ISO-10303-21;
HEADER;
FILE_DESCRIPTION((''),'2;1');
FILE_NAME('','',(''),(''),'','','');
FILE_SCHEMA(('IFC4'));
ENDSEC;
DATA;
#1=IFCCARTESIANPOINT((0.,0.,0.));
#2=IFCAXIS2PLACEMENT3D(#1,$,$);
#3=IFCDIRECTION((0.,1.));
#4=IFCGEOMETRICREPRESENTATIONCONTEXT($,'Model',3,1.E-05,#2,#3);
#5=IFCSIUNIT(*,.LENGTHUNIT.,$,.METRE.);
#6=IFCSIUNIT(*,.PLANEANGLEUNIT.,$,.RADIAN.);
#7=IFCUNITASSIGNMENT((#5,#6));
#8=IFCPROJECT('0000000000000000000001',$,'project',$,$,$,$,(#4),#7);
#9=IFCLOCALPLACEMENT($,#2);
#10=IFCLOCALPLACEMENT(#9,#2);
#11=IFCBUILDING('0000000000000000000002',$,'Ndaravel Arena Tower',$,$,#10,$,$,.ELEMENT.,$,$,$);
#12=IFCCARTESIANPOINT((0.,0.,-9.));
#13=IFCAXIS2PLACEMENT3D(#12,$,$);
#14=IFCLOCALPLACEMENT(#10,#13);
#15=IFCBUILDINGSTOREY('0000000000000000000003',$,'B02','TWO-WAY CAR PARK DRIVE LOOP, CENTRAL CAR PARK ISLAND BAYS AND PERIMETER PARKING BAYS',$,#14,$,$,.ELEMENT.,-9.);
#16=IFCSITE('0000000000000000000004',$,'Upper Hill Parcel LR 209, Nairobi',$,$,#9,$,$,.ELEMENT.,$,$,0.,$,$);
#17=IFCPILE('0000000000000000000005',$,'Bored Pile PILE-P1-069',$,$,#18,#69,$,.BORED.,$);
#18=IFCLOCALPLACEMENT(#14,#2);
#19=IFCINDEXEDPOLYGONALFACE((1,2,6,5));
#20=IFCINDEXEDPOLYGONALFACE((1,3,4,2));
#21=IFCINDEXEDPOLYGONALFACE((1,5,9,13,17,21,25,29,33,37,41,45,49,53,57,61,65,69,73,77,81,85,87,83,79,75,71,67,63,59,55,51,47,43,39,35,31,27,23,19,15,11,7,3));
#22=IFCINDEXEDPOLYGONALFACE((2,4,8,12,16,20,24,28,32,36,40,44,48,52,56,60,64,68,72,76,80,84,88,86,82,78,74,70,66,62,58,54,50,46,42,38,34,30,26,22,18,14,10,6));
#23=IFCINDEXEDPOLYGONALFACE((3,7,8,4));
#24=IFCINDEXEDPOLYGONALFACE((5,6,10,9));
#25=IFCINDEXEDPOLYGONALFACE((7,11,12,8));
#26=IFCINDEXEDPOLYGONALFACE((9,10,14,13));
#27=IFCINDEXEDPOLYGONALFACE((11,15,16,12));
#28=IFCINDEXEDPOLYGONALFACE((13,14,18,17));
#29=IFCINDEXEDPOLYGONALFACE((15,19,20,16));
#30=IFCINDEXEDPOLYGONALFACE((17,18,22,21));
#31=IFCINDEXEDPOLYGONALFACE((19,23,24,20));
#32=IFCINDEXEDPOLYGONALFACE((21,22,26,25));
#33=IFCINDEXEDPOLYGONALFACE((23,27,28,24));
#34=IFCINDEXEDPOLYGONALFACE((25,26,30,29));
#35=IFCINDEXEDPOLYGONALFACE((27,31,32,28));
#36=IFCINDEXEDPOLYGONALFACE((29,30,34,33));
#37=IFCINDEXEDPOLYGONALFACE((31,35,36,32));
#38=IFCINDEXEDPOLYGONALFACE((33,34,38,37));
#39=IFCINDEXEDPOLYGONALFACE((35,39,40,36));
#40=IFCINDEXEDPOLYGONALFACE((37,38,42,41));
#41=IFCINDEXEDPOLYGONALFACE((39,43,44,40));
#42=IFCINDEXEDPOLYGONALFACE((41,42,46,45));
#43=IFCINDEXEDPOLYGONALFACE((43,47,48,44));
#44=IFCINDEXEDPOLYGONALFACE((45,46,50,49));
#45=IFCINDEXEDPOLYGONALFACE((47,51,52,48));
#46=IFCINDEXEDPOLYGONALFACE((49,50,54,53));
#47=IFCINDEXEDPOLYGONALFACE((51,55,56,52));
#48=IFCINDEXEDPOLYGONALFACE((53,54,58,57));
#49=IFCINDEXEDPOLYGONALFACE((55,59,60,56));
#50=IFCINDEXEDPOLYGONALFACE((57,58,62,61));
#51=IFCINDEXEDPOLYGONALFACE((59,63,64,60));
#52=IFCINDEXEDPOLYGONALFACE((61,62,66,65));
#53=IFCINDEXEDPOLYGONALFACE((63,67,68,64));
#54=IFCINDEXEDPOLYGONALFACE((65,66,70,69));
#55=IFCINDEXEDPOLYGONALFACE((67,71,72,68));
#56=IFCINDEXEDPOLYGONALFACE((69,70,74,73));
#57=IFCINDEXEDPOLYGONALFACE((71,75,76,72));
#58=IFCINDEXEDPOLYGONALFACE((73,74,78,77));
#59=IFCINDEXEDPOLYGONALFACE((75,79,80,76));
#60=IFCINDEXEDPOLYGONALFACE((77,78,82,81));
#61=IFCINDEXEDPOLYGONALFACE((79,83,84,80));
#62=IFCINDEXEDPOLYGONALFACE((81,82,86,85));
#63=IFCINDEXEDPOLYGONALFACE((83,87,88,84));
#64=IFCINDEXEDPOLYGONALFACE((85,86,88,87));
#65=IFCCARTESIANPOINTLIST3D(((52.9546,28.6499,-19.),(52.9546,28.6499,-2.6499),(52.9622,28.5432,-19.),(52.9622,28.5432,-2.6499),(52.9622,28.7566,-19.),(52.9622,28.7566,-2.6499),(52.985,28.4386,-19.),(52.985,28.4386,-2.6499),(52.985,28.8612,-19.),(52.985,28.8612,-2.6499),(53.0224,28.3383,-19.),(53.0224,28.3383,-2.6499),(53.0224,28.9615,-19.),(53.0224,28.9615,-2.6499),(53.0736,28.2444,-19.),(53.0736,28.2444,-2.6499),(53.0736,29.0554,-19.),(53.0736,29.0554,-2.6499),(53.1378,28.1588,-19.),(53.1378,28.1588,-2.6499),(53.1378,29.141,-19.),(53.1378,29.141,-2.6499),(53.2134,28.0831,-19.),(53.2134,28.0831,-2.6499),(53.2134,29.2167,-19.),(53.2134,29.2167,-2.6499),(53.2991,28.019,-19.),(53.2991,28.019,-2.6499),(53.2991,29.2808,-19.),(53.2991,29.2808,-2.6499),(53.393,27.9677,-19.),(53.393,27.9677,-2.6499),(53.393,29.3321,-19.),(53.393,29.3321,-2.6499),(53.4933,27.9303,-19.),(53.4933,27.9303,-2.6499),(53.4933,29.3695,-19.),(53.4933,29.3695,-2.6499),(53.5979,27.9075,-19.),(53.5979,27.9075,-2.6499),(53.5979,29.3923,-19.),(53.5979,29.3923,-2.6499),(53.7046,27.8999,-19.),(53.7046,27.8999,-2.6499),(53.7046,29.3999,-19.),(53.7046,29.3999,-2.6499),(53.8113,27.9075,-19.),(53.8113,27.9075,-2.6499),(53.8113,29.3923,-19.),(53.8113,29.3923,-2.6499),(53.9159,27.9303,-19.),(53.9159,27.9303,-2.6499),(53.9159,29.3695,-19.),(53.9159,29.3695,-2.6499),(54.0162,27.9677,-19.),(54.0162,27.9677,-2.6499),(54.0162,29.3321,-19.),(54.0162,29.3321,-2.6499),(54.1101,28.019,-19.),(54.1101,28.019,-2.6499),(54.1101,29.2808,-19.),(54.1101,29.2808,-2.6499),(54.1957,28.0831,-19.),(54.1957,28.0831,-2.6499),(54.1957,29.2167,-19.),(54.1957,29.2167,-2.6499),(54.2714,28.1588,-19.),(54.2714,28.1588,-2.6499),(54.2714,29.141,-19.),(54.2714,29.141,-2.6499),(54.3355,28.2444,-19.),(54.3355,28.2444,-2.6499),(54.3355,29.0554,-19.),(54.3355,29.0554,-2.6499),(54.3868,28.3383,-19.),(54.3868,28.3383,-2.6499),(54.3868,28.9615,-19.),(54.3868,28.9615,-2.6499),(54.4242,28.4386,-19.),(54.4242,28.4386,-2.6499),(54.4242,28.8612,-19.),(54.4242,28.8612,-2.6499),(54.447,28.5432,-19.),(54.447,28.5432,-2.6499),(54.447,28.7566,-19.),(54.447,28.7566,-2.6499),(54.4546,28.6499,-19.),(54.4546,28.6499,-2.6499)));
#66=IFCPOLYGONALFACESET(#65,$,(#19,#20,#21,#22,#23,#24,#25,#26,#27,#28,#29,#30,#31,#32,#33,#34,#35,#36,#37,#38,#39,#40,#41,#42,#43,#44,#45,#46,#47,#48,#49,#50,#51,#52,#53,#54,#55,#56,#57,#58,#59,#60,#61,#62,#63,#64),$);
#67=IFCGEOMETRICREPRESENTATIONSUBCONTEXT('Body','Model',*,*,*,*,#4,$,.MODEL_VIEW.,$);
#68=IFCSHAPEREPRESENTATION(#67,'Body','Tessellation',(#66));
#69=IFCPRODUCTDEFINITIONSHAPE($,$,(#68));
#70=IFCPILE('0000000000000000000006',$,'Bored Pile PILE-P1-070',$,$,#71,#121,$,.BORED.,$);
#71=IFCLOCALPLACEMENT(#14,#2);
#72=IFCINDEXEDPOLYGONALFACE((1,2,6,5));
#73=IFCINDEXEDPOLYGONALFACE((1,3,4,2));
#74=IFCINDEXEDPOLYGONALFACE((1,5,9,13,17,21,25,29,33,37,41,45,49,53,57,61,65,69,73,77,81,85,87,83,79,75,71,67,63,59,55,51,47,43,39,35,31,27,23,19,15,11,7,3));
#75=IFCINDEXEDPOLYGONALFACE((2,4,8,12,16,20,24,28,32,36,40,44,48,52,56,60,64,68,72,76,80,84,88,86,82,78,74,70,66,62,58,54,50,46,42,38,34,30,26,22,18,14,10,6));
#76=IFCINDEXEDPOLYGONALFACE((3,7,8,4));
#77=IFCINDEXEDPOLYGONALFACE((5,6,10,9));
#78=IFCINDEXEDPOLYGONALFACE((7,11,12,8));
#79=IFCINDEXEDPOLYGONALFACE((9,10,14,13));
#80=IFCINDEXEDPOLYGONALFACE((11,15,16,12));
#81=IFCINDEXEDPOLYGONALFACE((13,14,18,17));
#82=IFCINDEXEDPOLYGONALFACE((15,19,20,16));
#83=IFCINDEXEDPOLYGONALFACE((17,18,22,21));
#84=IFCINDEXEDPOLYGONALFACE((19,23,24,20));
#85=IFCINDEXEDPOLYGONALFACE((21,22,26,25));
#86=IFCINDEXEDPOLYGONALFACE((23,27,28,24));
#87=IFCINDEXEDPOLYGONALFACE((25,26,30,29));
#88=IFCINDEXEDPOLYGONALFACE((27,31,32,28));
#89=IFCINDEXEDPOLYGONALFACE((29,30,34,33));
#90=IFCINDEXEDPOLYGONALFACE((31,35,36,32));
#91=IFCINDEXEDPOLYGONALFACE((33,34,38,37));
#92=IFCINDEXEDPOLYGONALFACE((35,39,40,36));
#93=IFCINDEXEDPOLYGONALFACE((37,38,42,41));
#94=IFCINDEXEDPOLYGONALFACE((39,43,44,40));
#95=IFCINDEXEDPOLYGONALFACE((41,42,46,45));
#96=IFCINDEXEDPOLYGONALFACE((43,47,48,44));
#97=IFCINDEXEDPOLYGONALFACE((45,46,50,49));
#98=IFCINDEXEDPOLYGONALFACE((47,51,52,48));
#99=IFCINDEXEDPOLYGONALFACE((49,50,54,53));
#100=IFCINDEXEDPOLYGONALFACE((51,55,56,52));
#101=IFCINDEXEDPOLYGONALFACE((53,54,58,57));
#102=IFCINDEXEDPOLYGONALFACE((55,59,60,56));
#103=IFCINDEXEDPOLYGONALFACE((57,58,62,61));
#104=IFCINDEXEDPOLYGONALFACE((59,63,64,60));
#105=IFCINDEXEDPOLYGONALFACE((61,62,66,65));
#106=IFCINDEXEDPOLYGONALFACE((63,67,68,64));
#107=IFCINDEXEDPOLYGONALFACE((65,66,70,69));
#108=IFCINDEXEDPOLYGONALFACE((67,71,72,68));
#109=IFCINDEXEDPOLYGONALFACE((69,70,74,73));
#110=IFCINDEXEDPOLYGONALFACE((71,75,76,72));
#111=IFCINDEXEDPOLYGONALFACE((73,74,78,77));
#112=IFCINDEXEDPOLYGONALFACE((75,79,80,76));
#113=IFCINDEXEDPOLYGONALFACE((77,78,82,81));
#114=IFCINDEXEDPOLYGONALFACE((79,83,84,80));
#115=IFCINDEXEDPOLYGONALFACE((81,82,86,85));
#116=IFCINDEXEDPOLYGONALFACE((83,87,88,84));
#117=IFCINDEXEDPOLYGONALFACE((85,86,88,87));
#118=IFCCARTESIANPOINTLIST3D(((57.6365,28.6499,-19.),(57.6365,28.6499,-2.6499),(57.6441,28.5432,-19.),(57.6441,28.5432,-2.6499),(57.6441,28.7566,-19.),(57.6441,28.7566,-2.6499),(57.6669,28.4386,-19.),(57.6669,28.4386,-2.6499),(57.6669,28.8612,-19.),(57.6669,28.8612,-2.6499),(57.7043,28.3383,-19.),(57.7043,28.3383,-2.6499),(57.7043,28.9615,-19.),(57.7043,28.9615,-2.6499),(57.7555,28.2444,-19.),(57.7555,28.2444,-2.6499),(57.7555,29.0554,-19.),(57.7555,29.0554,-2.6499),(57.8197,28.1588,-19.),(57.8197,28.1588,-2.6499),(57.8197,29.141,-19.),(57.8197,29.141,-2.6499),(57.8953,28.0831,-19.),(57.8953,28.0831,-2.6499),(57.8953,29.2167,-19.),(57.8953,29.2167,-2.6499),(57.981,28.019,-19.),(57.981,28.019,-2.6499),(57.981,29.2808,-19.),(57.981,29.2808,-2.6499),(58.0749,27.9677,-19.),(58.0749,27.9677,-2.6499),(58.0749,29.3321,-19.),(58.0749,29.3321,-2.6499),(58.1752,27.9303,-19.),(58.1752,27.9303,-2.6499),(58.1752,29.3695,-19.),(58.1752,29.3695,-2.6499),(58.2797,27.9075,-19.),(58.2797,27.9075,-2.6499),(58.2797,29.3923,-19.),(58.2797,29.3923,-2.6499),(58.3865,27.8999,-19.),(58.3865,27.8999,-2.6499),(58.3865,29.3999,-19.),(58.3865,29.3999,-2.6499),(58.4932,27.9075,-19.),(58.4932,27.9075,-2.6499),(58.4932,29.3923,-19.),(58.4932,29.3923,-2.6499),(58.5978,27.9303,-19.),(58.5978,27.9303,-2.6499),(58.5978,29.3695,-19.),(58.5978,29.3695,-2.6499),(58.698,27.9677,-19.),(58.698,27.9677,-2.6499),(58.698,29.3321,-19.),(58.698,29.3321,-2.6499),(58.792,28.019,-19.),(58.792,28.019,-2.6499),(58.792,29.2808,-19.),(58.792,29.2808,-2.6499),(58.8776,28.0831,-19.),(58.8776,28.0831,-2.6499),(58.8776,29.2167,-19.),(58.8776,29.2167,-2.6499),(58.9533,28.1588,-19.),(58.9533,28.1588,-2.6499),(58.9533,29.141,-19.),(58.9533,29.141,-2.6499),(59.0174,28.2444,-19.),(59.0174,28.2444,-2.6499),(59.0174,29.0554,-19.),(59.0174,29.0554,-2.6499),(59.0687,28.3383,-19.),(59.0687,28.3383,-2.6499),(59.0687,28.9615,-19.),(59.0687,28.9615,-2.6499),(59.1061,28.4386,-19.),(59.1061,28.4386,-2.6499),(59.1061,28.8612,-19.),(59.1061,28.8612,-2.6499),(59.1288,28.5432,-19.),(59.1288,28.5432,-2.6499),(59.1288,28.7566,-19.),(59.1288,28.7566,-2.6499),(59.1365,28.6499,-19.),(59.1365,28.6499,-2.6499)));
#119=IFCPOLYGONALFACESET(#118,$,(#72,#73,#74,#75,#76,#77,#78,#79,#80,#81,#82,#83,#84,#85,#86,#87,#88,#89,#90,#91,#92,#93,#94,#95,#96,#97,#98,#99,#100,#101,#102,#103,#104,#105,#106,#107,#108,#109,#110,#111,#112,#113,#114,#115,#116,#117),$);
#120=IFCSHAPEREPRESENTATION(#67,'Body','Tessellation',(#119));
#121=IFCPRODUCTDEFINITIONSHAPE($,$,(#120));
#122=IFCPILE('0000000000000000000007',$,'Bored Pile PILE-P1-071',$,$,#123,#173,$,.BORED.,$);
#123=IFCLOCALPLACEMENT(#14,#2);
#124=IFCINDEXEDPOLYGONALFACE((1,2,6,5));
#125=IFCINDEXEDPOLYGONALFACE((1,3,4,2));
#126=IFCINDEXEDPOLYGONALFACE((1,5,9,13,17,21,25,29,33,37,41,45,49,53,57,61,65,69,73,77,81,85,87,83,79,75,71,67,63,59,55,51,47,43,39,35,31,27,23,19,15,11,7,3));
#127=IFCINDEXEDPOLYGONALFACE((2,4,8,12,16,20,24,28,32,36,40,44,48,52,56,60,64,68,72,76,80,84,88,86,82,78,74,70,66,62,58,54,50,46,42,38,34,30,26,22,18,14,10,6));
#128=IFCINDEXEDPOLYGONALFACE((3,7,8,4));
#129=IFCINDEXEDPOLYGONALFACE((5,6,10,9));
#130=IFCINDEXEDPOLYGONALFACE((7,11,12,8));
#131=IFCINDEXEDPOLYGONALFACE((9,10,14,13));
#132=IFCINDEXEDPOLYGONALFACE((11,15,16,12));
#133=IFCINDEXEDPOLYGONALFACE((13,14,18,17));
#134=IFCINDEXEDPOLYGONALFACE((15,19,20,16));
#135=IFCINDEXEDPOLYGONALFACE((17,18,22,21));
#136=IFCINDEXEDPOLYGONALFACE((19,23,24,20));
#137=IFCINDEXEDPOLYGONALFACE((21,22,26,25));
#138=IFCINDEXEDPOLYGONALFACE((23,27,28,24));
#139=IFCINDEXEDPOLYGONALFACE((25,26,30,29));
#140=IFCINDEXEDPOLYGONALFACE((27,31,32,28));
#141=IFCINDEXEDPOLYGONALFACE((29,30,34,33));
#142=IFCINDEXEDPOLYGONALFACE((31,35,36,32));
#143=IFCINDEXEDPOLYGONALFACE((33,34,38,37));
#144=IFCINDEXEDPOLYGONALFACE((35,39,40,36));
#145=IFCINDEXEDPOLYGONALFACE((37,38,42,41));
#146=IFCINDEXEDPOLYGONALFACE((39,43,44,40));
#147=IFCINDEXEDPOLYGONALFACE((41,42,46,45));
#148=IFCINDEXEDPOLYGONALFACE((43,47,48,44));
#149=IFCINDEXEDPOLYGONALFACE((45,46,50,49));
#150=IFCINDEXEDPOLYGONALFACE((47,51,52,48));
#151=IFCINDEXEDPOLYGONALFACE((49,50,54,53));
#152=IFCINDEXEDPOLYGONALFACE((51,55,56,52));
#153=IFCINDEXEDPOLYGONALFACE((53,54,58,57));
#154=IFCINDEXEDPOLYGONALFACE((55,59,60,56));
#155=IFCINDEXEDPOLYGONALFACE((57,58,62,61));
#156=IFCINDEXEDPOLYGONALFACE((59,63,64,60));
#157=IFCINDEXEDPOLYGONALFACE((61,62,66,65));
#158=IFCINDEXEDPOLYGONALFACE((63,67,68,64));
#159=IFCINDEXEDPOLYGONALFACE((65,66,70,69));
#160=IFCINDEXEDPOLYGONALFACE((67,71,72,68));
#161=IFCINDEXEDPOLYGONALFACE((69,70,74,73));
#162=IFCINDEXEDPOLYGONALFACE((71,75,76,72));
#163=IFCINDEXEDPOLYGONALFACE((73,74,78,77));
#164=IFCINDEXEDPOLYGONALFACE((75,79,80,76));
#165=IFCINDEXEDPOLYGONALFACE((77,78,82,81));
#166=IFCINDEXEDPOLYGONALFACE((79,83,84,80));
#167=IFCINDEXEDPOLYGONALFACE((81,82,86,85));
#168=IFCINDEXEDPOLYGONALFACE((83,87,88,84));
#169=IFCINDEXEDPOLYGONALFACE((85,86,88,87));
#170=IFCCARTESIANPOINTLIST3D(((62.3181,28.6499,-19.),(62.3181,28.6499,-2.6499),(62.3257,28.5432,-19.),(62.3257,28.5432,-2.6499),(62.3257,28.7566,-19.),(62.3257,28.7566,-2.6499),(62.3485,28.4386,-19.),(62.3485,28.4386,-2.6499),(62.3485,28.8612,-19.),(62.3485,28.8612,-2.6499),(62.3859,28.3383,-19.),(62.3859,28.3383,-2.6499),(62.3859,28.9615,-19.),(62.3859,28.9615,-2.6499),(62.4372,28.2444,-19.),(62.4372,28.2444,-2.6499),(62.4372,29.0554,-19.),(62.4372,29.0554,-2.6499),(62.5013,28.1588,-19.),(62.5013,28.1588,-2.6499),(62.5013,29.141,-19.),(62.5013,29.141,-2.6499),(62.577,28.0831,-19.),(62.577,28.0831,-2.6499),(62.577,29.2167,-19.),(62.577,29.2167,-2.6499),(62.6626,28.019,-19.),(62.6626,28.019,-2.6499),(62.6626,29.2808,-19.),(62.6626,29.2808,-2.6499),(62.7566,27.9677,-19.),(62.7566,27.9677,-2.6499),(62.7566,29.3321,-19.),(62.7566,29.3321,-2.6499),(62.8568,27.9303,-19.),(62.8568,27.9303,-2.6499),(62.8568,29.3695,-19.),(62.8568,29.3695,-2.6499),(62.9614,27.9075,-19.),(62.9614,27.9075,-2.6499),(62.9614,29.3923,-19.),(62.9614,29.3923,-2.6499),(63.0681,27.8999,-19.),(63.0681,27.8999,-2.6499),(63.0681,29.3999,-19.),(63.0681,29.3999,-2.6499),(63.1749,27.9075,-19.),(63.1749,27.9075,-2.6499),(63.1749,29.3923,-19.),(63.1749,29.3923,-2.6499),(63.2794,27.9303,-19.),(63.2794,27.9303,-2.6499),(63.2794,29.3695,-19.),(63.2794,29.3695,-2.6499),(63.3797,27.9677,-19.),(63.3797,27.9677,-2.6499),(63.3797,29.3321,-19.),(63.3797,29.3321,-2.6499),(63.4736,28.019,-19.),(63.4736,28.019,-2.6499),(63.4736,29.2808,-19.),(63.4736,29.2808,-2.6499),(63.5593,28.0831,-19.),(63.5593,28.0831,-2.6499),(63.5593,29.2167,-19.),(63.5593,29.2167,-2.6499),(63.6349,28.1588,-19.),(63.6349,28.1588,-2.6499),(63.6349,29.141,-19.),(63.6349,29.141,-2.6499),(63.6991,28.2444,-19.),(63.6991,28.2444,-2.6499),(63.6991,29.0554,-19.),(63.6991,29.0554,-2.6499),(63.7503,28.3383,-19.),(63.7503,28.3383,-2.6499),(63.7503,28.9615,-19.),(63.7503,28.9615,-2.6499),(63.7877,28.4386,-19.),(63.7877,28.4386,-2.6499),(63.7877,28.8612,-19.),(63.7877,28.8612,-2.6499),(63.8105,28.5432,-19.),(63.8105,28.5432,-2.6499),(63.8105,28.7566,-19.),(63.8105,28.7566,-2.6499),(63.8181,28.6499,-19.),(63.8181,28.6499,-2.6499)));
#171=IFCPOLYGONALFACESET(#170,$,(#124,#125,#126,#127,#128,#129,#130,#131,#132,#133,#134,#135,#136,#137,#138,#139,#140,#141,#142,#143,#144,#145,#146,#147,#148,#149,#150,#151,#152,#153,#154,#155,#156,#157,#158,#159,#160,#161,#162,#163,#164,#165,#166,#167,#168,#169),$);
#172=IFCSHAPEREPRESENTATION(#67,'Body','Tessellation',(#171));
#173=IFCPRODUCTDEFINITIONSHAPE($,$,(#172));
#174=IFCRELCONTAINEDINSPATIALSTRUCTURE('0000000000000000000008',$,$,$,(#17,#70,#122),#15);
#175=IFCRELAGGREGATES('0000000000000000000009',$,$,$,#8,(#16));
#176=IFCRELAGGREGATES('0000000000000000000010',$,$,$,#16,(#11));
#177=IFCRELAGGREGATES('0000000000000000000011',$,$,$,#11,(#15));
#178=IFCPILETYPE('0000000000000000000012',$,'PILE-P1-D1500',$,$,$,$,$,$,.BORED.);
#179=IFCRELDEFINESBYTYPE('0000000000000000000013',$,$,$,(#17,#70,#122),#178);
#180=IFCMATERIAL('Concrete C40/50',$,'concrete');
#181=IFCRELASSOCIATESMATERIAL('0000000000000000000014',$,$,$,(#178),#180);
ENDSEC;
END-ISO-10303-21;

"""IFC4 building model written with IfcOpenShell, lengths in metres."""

from ifc_helpers import new_model, si_unit, direction, frame, origin, origin_2d, place, context, subcontext, project, spatial, circle, extrude, material, material_profile, profile_set, type_object, element, save


model = new_model("IFC4")

# Units and contexts
model_context = context("Model", 3, precision=1e-05, world=origin(), true_north=direction((0.0, 1.0)))
body_context = subcontext(model_context, "Body", "Model", "MODEL_VIEW")
ifc_project = project(units=[si_unit("LENGTHUNIT", "METRE"), si_unit("PLANEANGLEUNIT", "RADIAN")], contexts=[model_context])

# Site, building, storey
site_placement = place(None, origin())
site = spatial("IfcSite", under=ifc_project, at=site_placement, Name="Upper Hill Parcel LR 209, Nairobi", CompositionType="ELEMENT", RefElevation=0.0)
building_placement = place(site_placement, origin())
building = spatial("IfcBuilding", under=site, at=building_placement, Name="Ndaravel Arena Tower", CompositionType="ELEMENT")
storey_placement = place(building_placement, frame((0.0, 0.0, -9.0)))
storey = spatial("IfcBuildingStorey", under=building, at=storey_placement, Name="B02", Description="TWO-WAY CAR PARK DRIVE LOOP, CENTRAL CAR PARK ISLAND BAYS AND PERIMETER PARKING BAYS", CompositionType="ELEMENT", Elevation=-9.0)

# Piles
ifc_material_1 = material(Name="Concrete C40/50", Category="concrete")
ifc_material_profile_1 = material_profile(ifc_material_1, circle(Radius=0.75, at=origin_2d()), Name="BORED PILE D1500")
ifc_profile_set_1 = profile_set([ifc_material_profile_1], Name="Concrete C40/50")
pile_type = type_object("IfcPileType", Name="PILE-P1-D1500", PredefinedType="BORED", material=ifc_profile_set_1)
for number, where, z_axis, x_axis, name in (
    (1, (53.7046, 28.6499, -2.6499), (0.0, 0.0, -1.0), (1.0, 0.0, 0.0), "Bored Pile PILE-P1-069"),
    (2, (58.3865, 28.6499, -2.6499), (0.0, 0.0, -1.0), (1.0, 0.0, 0.0), "Bored Pile PILE-P1-070"),
    (3, (63.0681, 28.6499, -2.6499), (0.0, 0.0, -1.0), (1.0, 0.0, 0.0), "Bored Pile PILE-P1-071"),
):
    element("IfcPile", number, at=place(storey_placement, frame(where, z_axis=z_axis, x_axis=x_axis)), inside=storey, type_object=pile_type, Name=name, PredefinedType="BORED", context=body_context, shape_type="SweptSolid", body=[
        extrude(circle(Radius=0.75, at=origin_2d()), origin(), (0.0, 0.0, 1.0), 16.3501),
    ])

save(model, "model.ifc")
